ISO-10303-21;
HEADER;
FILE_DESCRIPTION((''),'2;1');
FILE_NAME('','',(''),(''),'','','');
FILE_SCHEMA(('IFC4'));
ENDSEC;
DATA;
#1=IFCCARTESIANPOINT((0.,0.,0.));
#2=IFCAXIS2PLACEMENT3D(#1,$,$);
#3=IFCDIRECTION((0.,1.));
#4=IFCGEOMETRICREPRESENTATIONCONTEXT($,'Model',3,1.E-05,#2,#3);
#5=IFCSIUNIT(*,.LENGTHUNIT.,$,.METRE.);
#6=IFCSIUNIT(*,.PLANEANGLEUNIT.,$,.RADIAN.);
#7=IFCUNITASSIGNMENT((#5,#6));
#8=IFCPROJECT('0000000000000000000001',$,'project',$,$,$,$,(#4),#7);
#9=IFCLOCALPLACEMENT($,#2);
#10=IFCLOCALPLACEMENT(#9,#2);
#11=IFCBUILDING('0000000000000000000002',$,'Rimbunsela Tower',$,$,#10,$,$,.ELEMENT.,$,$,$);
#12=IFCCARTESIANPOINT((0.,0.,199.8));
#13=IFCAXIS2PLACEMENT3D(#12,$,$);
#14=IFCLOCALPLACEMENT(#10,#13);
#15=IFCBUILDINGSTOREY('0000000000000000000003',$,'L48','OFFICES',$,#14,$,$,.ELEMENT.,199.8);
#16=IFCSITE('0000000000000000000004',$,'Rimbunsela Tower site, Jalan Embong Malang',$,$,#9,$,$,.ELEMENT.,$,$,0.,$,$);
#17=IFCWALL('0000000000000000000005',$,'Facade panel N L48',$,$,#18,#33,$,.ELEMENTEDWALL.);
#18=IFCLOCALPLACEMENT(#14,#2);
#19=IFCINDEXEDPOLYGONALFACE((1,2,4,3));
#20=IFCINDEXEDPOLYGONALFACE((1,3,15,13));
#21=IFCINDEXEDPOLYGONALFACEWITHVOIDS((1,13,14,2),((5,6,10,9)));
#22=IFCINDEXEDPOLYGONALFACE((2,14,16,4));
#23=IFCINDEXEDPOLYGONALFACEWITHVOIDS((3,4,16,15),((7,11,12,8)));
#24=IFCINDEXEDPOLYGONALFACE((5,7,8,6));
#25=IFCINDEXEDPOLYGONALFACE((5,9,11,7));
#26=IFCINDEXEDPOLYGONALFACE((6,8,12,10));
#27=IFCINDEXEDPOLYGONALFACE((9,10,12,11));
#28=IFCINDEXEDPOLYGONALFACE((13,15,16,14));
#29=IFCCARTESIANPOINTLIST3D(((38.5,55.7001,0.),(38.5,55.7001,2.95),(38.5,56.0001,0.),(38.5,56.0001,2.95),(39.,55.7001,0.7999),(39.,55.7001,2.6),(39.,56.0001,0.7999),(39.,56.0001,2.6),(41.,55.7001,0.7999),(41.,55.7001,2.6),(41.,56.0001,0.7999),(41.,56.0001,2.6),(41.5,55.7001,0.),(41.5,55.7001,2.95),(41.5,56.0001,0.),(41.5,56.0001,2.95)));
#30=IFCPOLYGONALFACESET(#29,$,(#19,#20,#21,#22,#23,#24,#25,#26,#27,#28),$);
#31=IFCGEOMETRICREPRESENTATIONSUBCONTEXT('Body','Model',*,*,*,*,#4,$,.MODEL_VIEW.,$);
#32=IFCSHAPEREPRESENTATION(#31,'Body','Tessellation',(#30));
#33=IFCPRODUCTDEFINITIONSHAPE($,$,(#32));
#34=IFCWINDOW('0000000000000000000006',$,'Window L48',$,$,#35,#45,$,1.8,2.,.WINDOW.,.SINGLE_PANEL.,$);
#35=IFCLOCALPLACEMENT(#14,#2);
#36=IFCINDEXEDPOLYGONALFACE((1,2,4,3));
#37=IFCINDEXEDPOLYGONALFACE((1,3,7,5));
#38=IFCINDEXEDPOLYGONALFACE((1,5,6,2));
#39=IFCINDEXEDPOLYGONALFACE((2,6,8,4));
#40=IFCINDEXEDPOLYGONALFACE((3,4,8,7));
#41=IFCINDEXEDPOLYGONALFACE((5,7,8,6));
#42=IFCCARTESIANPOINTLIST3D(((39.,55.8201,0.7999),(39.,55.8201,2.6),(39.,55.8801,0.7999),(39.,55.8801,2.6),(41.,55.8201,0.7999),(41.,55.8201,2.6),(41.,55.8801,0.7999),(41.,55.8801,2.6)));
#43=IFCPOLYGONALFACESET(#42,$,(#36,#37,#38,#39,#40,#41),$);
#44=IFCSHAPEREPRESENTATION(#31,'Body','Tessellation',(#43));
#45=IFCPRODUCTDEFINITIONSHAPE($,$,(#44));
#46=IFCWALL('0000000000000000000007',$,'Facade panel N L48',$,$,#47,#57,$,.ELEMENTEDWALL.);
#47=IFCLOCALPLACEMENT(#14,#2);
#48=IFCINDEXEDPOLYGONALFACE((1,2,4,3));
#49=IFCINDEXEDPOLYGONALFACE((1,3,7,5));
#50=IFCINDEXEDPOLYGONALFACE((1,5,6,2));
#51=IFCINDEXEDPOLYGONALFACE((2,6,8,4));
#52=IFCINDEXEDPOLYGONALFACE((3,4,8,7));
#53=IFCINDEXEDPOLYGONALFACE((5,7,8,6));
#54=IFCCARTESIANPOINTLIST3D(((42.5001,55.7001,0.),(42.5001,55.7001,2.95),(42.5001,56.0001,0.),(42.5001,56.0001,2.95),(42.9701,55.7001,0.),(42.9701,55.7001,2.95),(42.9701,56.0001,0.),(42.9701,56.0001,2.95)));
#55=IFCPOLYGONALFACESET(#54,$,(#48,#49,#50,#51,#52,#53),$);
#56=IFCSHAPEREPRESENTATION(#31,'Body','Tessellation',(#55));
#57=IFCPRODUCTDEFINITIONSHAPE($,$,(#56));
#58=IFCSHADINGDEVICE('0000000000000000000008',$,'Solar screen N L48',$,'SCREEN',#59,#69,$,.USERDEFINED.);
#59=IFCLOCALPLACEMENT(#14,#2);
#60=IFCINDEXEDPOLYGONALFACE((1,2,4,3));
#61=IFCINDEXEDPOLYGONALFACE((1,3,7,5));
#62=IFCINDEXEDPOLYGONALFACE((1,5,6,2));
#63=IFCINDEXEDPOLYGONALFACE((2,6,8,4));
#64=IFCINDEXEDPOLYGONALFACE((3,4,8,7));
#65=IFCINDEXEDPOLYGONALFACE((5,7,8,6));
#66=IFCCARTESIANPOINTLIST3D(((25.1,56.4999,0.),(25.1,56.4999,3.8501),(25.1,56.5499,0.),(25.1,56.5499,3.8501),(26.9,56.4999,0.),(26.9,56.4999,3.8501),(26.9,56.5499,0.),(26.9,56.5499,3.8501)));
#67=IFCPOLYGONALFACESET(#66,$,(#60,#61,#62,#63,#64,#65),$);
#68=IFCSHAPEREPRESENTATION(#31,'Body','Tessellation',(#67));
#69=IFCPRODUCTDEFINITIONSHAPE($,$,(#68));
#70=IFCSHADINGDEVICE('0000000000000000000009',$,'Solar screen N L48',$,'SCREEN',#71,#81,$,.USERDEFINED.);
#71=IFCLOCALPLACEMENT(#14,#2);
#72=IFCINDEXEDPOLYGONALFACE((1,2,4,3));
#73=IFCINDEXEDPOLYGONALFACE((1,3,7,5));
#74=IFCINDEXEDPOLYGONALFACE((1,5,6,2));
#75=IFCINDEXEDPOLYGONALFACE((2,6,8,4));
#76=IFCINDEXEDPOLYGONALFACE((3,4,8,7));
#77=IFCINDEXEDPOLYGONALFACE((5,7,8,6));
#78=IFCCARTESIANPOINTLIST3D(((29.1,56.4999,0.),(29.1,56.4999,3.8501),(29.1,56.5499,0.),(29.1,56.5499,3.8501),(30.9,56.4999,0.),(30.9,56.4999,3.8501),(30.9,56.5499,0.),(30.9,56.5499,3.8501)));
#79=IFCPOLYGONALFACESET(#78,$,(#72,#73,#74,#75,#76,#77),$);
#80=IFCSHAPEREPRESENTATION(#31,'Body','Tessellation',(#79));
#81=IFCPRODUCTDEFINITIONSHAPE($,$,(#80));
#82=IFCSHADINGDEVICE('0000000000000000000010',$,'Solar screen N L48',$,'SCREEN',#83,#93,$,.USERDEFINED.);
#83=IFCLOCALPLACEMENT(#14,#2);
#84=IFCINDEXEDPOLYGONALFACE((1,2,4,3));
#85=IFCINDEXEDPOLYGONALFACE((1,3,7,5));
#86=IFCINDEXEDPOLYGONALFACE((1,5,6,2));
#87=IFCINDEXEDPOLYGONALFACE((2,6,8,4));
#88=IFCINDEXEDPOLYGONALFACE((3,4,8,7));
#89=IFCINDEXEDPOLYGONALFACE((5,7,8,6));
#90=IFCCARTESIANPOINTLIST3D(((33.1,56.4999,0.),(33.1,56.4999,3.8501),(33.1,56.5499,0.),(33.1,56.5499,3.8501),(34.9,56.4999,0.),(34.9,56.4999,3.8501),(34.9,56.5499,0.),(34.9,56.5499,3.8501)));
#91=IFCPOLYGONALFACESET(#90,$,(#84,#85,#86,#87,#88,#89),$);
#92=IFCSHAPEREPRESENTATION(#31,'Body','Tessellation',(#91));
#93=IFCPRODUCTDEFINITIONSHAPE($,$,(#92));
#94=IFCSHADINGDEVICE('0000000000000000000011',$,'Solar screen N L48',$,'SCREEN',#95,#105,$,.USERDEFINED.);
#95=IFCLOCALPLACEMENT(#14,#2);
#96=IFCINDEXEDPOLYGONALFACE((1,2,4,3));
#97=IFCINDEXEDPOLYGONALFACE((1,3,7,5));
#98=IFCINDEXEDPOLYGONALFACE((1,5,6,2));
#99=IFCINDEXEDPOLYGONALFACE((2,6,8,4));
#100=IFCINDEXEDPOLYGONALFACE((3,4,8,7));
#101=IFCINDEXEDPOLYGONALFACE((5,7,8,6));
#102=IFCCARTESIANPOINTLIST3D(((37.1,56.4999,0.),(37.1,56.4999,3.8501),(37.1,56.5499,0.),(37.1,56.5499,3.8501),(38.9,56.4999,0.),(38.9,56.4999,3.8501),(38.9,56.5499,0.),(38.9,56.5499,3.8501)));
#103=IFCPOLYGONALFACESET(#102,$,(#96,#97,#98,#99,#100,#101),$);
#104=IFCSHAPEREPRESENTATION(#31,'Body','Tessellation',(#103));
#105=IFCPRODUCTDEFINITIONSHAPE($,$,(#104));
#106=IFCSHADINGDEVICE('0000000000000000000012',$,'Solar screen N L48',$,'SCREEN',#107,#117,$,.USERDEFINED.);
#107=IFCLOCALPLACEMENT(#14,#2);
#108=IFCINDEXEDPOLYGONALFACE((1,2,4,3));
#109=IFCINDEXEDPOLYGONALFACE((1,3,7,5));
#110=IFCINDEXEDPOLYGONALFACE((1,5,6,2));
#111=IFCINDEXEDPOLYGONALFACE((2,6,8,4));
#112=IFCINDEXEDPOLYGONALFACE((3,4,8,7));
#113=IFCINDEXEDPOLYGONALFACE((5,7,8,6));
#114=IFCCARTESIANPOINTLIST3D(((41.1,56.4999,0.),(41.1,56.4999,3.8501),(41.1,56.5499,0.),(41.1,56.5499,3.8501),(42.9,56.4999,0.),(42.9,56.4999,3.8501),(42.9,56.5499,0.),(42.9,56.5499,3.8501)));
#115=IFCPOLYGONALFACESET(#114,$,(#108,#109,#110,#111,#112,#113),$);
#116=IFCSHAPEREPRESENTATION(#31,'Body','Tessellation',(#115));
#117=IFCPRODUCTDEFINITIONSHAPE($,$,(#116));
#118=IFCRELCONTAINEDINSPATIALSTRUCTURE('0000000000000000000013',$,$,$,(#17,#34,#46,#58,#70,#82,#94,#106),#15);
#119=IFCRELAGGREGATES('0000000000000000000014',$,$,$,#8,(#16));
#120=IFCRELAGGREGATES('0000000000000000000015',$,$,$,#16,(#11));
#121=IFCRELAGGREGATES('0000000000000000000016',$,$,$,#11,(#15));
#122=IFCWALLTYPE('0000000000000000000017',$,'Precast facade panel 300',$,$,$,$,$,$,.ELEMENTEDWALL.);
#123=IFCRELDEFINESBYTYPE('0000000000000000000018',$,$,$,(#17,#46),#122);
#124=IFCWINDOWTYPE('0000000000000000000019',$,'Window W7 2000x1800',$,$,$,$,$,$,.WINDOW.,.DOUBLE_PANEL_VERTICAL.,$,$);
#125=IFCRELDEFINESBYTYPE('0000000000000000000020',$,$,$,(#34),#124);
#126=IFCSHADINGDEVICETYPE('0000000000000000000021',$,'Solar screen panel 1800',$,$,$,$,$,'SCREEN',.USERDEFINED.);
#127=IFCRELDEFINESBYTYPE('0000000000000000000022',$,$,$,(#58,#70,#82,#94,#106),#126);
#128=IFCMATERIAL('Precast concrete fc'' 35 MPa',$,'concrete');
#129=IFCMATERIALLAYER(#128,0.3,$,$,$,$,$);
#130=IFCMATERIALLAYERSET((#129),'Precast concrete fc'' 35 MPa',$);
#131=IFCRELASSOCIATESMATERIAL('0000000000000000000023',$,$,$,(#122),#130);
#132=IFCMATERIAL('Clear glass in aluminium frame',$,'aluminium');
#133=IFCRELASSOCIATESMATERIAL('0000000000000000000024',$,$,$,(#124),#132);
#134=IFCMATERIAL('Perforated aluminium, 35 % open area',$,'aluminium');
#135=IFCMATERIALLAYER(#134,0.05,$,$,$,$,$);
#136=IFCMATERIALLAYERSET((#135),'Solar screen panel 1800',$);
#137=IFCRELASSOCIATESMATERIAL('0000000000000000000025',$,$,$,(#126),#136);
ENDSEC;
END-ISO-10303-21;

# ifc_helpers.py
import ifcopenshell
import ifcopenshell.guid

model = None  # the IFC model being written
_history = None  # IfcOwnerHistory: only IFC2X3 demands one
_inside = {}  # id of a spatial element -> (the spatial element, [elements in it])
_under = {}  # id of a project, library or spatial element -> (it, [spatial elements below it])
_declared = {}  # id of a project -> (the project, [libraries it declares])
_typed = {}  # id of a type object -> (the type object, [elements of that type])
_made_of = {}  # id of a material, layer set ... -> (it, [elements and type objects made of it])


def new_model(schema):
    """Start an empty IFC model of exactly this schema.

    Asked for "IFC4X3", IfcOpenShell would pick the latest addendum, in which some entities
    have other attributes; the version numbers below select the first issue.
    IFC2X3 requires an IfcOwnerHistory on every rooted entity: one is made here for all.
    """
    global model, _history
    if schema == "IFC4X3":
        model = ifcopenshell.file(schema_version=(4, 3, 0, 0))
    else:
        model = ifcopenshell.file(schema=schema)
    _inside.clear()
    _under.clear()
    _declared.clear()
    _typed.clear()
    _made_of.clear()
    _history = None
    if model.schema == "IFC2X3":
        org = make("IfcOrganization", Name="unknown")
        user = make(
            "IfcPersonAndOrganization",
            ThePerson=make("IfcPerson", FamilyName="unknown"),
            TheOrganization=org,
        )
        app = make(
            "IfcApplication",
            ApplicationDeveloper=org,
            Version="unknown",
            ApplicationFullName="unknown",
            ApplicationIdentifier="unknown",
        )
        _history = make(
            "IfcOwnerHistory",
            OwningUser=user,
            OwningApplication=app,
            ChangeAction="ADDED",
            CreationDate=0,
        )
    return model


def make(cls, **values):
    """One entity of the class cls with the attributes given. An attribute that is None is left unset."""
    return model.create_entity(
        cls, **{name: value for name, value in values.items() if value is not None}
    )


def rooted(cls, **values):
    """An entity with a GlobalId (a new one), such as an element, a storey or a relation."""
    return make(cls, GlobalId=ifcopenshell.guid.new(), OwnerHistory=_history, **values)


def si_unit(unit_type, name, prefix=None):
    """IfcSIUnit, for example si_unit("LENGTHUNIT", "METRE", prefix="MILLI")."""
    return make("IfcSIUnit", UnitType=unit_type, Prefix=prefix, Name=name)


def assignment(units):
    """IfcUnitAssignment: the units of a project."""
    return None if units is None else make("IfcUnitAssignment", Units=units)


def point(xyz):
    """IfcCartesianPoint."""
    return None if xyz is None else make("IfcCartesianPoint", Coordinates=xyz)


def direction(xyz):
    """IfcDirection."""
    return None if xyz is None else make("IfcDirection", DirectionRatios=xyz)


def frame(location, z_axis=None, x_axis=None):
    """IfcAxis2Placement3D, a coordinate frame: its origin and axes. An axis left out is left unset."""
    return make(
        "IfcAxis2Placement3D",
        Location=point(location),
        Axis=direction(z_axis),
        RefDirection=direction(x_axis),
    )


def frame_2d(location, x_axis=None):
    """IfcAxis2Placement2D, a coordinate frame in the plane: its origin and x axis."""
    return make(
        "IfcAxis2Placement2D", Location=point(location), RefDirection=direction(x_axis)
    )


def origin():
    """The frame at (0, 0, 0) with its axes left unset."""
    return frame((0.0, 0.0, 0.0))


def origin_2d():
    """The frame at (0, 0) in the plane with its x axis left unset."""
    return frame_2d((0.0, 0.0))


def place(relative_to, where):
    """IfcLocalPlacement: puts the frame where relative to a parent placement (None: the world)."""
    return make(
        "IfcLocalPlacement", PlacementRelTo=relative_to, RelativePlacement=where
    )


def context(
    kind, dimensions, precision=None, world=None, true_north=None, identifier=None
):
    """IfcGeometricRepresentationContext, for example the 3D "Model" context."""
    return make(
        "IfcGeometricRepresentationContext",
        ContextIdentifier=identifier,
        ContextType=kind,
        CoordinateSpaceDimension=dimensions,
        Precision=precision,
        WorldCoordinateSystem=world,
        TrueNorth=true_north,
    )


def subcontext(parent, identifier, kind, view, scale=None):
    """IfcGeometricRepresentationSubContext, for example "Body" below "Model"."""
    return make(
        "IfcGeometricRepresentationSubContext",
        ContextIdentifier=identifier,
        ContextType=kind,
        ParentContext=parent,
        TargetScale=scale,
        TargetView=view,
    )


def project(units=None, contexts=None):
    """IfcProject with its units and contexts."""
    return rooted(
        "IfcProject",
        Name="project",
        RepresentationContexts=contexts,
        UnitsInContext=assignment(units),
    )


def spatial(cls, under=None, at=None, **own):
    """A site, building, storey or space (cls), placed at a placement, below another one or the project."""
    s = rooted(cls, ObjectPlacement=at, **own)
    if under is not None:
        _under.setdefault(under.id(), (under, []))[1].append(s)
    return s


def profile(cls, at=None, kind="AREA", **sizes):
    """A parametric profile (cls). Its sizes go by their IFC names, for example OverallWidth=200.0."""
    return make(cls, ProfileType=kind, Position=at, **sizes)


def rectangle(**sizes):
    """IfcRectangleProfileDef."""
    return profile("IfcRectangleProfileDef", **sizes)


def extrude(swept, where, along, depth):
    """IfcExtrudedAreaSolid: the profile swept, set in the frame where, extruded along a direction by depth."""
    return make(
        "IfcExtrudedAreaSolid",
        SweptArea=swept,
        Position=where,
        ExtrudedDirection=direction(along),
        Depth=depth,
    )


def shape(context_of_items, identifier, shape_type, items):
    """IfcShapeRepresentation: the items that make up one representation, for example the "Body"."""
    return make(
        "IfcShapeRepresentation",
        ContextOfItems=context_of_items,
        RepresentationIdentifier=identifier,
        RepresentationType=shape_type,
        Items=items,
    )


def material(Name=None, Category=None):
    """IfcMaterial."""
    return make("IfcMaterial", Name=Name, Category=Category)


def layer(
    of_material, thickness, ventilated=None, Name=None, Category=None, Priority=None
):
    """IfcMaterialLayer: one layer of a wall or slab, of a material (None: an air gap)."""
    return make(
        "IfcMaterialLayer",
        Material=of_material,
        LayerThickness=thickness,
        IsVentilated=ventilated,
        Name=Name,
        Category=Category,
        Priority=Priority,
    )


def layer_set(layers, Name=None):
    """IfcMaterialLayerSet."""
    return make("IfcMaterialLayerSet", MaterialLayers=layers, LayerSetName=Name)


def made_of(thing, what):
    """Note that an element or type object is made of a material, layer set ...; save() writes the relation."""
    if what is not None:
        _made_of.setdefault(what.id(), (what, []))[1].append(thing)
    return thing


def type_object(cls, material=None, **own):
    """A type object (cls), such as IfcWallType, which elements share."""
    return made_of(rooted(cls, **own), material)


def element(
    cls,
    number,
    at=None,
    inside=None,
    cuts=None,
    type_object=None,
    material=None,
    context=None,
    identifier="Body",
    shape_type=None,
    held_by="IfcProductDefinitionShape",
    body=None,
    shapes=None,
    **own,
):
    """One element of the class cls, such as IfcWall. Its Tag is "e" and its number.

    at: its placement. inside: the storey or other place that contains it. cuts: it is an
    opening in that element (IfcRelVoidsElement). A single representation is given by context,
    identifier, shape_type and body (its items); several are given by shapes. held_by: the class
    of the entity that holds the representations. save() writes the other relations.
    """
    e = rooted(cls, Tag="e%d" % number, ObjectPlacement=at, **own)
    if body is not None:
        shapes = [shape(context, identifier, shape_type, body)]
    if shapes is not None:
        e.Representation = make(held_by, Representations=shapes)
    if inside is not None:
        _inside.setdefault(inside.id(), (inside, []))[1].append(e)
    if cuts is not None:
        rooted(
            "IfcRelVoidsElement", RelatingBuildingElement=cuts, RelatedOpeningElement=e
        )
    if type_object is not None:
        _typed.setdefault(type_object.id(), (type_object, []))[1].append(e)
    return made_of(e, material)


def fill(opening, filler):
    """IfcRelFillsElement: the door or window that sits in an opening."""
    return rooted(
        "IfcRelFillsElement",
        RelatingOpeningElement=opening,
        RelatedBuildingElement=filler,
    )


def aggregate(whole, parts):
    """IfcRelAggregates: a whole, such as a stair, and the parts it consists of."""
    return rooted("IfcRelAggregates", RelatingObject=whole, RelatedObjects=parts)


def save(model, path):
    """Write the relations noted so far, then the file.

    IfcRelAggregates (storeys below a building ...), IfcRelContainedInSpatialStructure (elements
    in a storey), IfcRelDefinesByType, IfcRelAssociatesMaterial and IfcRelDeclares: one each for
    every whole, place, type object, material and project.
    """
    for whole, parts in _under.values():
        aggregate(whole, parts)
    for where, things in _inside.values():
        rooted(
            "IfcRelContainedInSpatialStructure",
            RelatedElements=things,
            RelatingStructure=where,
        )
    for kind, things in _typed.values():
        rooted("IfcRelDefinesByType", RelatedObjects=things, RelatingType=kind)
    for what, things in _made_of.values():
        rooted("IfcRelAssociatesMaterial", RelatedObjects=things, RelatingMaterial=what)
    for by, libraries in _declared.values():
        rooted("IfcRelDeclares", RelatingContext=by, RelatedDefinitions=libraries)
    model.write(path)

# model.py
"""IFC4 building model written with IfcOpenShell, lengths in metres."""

from ifc_helpers import new_model, si_unit, direction, frame, frame_2d, origin, origin_2d, place, context, subcontext, project, spatial, rectangle, extrude, material, layer, layer_set, type_object, element, fill, save


model = new_model("IFC4")

# Units and contexts
model_context = context("Model", 3, precision=1e-05, world=origin(), true_north=direction((0.0, 1.0)))
body_context = subcontext(model_context, "Body", "Model", "MODEL_VIEW")
ifc_project = project(units=[si_unit("LENGTHUNIT", "METRE"), si_unit("PLANEANGLEUNIT", "RADIAN")], contexts=[model_context])

# Site, building, storey
site_placement = place(None, origin())
site = spatial("IfcSite", under=ifc_project, at=site_placement, Name="Rimbunsela Tower site, Jalan Embong Malang", CompositionType="ELEMENT", RefElevation=0.0)
building_placement = place(site_placement, origin())
building = spatial("IfcBuilding", under=site, at=building_placement, Name="Rimbunsela Tower", CompositionType="ELEMENT")
storey_placement = place(building_placement, frame((0.0, 0.0, 199.8)))
storey = spatial("IfcBuildingStorey", under=building, at=storey_placement, Name="L48", Description="OFFICES", CompositionType="ELEMENT", Elevation=199.8)

# Shared definitions
ifc_material_1 = material(Name="Precast concrete fc' 35 MPa", Category="concrete")
ifc_layer_1 = layer(ifc_material_1, 0.3)
ifc_layer_set_1 = layer_set([ifc_layer_1], Name="Precast concrete fc' 35 MPa")
wall_type_1 = type_object("IfcWallType", Name="Precast facade panel 300", PredefinedType="ELEMENTEDWALL", material=ifc_layer_set_1)

# Wall, opening, window
ifc_material_2 = material(Name="Clear glass in aluminium frame", Category="aluminium")
window_type_1 = type_object("IfcWindowType", Name="Window W7 2000x1800", PartitioningType="DOUBLE_PANEL_VERTICAL", PredefinedType="WINDOW", material=ifc_material_2)
wall_1_placement = place(storey_placement, frame((41.5, 55.8501, 0.0), z_axis=(0.0, 0.0, 1.0), x_axis=(-1.0, 0.0, 0.0)))
wall_1 = element("IfcWall", 1, at=wall_1_placement, inside=storey, type_object=wall_type_1, Name="Facade panel N L48", PredefinedType="ELEMENTEDWALL", context=body_context, shape_type="SweptSolid", body=[
    extrude(rectangle(XDim=3.0, YDim=0.3, at=frame_2d((1.5, 0.0))), origin(), (0.0, 0.0, 1.0), 2.95),
])
opening_1_placement = place(wall_1_placement, frame((0.5, 0.0, 0.8)))
opening_1 = element("IfcOpeningElement", 2, at=opening_1_placement, cuts=wall_1, PredefinedType="OPENING", context=body_context, shape_type="SweptSolid", body=[
    extrude(rectangle(XDim=2.0, YDim=1.8, at=frame_2d((1.0, 0.8999))), frame((0.0, 0.1599, 0.0), z_axis=(0.0, -1.0, 0.0), x_axis=(1.0, 0.0, 0.0)), (0.0, 0.0, 1.0), 0.3201),
])
window_1_placement = place(opening_1_placement, origin())
window_1 = element("IfcWindow", 3, at=window_1_placement, inside=storey, type_object=window_type_1, Name="Window L48", OverallHeight=1.8, OverallWidth=2.0, PartitioningType="SINGLE_PANEL", PredefinedType="WINDOW", context=body_context, shape_type="SweptSolid", body=[
    extrude(rectangle(XDim=2.0, YDim=1.8, at=frame_2d((1.0, 0.8999))), frame((0.0, 0.03, 0.0), z_axis=(0.0, -1.0, 0.0), x_axis=(1.0, 0.0, 0.0)), (0.0, 0.0, 1.0), 0.0601),
])
fill(opening_1, window_1)

# Wall
wall_2_placement = place(storey_placement, frame((42.97, 55.8501, 0.0), z_axis=(0.0, 0.0, 1.0), x_axis=(-1.0, 0.0, 0.0)))
element("IfcWall", 4, at=wall_2_placement, inside=storey, type_object=wall_type_1, Name="Facade panel N L48", PredefinedType="ELEMENTEDWALL", context=body_context, shape_type="SweptSolid", body=[
    extrude(rectangle(XDim=0.47, YDim=0.3, at=frame_2d((0.2349, 0.0))), origin(), (0.0, 0.0, 1.0), 2.95),
])

# Shading devices
ifc_material_3 = material(Name="Perforated aluminium, 35 % open area", Category="aluminium")
ifc_layer_2 = layer(ifc_material_3, 0.05)
ifc_layer_set_2 = layer_set([ifc_layer_2], Name="Solar screen panel 1800")
shading_device_type = type_object("IfcShadingDeviceType", Name="Solar screen panel 1800", ElementType="SCREEN", PredefinedType="USERDEFINED", material=ifc_layer_set_2)
for number, where, z_axis, x_axis, name in (
    (5, (26.0, 56.5249, 0.0), (0.0, 0.0, 1.0), (1.0, 0.0, 0.0), "Solar screen N L48"),
    (6, (30.0, 56.5249, 0.0), (0.0, 0.0, 1.0), (1.0, 0.0, 0.0), "Solar screen N L48"),
    (7, (34.0, 56.5249, 0.0), (0.0, 0.0, 1.0), (1.0, 0.0, 0.0), "Solar screen N L48"),
    (8, (38.0, 56.5249, 0.0), (0.0, 0.0, 1.0), (1.0, 0.0, 0.0), "Solar screen N L48"),
    (9, (42.0, 56.5249, 0.0), (0.0, 0.0, 1.0), (1.0, 0.0, 0.0), "Solar screen N L48"),
):
    element("IfcShadingDevice", number, at=place(storey_placement, frame(where, z_axis=z_axis, x_axis=x_axis)), inside=storey, type_object=shading_device_type, Name=name, ObjectType="SCREEN", PredefinedType="USERDEFINED", context=body_context, shape_type="SweptSolid", body=[
        extrude(rectangle(XDim=1.8, YDim=0.05, at=origin_2d()), origin(), (0.0, 0.0, 1.0), 3.8501),
    ])

save(model, "model.ifc")
